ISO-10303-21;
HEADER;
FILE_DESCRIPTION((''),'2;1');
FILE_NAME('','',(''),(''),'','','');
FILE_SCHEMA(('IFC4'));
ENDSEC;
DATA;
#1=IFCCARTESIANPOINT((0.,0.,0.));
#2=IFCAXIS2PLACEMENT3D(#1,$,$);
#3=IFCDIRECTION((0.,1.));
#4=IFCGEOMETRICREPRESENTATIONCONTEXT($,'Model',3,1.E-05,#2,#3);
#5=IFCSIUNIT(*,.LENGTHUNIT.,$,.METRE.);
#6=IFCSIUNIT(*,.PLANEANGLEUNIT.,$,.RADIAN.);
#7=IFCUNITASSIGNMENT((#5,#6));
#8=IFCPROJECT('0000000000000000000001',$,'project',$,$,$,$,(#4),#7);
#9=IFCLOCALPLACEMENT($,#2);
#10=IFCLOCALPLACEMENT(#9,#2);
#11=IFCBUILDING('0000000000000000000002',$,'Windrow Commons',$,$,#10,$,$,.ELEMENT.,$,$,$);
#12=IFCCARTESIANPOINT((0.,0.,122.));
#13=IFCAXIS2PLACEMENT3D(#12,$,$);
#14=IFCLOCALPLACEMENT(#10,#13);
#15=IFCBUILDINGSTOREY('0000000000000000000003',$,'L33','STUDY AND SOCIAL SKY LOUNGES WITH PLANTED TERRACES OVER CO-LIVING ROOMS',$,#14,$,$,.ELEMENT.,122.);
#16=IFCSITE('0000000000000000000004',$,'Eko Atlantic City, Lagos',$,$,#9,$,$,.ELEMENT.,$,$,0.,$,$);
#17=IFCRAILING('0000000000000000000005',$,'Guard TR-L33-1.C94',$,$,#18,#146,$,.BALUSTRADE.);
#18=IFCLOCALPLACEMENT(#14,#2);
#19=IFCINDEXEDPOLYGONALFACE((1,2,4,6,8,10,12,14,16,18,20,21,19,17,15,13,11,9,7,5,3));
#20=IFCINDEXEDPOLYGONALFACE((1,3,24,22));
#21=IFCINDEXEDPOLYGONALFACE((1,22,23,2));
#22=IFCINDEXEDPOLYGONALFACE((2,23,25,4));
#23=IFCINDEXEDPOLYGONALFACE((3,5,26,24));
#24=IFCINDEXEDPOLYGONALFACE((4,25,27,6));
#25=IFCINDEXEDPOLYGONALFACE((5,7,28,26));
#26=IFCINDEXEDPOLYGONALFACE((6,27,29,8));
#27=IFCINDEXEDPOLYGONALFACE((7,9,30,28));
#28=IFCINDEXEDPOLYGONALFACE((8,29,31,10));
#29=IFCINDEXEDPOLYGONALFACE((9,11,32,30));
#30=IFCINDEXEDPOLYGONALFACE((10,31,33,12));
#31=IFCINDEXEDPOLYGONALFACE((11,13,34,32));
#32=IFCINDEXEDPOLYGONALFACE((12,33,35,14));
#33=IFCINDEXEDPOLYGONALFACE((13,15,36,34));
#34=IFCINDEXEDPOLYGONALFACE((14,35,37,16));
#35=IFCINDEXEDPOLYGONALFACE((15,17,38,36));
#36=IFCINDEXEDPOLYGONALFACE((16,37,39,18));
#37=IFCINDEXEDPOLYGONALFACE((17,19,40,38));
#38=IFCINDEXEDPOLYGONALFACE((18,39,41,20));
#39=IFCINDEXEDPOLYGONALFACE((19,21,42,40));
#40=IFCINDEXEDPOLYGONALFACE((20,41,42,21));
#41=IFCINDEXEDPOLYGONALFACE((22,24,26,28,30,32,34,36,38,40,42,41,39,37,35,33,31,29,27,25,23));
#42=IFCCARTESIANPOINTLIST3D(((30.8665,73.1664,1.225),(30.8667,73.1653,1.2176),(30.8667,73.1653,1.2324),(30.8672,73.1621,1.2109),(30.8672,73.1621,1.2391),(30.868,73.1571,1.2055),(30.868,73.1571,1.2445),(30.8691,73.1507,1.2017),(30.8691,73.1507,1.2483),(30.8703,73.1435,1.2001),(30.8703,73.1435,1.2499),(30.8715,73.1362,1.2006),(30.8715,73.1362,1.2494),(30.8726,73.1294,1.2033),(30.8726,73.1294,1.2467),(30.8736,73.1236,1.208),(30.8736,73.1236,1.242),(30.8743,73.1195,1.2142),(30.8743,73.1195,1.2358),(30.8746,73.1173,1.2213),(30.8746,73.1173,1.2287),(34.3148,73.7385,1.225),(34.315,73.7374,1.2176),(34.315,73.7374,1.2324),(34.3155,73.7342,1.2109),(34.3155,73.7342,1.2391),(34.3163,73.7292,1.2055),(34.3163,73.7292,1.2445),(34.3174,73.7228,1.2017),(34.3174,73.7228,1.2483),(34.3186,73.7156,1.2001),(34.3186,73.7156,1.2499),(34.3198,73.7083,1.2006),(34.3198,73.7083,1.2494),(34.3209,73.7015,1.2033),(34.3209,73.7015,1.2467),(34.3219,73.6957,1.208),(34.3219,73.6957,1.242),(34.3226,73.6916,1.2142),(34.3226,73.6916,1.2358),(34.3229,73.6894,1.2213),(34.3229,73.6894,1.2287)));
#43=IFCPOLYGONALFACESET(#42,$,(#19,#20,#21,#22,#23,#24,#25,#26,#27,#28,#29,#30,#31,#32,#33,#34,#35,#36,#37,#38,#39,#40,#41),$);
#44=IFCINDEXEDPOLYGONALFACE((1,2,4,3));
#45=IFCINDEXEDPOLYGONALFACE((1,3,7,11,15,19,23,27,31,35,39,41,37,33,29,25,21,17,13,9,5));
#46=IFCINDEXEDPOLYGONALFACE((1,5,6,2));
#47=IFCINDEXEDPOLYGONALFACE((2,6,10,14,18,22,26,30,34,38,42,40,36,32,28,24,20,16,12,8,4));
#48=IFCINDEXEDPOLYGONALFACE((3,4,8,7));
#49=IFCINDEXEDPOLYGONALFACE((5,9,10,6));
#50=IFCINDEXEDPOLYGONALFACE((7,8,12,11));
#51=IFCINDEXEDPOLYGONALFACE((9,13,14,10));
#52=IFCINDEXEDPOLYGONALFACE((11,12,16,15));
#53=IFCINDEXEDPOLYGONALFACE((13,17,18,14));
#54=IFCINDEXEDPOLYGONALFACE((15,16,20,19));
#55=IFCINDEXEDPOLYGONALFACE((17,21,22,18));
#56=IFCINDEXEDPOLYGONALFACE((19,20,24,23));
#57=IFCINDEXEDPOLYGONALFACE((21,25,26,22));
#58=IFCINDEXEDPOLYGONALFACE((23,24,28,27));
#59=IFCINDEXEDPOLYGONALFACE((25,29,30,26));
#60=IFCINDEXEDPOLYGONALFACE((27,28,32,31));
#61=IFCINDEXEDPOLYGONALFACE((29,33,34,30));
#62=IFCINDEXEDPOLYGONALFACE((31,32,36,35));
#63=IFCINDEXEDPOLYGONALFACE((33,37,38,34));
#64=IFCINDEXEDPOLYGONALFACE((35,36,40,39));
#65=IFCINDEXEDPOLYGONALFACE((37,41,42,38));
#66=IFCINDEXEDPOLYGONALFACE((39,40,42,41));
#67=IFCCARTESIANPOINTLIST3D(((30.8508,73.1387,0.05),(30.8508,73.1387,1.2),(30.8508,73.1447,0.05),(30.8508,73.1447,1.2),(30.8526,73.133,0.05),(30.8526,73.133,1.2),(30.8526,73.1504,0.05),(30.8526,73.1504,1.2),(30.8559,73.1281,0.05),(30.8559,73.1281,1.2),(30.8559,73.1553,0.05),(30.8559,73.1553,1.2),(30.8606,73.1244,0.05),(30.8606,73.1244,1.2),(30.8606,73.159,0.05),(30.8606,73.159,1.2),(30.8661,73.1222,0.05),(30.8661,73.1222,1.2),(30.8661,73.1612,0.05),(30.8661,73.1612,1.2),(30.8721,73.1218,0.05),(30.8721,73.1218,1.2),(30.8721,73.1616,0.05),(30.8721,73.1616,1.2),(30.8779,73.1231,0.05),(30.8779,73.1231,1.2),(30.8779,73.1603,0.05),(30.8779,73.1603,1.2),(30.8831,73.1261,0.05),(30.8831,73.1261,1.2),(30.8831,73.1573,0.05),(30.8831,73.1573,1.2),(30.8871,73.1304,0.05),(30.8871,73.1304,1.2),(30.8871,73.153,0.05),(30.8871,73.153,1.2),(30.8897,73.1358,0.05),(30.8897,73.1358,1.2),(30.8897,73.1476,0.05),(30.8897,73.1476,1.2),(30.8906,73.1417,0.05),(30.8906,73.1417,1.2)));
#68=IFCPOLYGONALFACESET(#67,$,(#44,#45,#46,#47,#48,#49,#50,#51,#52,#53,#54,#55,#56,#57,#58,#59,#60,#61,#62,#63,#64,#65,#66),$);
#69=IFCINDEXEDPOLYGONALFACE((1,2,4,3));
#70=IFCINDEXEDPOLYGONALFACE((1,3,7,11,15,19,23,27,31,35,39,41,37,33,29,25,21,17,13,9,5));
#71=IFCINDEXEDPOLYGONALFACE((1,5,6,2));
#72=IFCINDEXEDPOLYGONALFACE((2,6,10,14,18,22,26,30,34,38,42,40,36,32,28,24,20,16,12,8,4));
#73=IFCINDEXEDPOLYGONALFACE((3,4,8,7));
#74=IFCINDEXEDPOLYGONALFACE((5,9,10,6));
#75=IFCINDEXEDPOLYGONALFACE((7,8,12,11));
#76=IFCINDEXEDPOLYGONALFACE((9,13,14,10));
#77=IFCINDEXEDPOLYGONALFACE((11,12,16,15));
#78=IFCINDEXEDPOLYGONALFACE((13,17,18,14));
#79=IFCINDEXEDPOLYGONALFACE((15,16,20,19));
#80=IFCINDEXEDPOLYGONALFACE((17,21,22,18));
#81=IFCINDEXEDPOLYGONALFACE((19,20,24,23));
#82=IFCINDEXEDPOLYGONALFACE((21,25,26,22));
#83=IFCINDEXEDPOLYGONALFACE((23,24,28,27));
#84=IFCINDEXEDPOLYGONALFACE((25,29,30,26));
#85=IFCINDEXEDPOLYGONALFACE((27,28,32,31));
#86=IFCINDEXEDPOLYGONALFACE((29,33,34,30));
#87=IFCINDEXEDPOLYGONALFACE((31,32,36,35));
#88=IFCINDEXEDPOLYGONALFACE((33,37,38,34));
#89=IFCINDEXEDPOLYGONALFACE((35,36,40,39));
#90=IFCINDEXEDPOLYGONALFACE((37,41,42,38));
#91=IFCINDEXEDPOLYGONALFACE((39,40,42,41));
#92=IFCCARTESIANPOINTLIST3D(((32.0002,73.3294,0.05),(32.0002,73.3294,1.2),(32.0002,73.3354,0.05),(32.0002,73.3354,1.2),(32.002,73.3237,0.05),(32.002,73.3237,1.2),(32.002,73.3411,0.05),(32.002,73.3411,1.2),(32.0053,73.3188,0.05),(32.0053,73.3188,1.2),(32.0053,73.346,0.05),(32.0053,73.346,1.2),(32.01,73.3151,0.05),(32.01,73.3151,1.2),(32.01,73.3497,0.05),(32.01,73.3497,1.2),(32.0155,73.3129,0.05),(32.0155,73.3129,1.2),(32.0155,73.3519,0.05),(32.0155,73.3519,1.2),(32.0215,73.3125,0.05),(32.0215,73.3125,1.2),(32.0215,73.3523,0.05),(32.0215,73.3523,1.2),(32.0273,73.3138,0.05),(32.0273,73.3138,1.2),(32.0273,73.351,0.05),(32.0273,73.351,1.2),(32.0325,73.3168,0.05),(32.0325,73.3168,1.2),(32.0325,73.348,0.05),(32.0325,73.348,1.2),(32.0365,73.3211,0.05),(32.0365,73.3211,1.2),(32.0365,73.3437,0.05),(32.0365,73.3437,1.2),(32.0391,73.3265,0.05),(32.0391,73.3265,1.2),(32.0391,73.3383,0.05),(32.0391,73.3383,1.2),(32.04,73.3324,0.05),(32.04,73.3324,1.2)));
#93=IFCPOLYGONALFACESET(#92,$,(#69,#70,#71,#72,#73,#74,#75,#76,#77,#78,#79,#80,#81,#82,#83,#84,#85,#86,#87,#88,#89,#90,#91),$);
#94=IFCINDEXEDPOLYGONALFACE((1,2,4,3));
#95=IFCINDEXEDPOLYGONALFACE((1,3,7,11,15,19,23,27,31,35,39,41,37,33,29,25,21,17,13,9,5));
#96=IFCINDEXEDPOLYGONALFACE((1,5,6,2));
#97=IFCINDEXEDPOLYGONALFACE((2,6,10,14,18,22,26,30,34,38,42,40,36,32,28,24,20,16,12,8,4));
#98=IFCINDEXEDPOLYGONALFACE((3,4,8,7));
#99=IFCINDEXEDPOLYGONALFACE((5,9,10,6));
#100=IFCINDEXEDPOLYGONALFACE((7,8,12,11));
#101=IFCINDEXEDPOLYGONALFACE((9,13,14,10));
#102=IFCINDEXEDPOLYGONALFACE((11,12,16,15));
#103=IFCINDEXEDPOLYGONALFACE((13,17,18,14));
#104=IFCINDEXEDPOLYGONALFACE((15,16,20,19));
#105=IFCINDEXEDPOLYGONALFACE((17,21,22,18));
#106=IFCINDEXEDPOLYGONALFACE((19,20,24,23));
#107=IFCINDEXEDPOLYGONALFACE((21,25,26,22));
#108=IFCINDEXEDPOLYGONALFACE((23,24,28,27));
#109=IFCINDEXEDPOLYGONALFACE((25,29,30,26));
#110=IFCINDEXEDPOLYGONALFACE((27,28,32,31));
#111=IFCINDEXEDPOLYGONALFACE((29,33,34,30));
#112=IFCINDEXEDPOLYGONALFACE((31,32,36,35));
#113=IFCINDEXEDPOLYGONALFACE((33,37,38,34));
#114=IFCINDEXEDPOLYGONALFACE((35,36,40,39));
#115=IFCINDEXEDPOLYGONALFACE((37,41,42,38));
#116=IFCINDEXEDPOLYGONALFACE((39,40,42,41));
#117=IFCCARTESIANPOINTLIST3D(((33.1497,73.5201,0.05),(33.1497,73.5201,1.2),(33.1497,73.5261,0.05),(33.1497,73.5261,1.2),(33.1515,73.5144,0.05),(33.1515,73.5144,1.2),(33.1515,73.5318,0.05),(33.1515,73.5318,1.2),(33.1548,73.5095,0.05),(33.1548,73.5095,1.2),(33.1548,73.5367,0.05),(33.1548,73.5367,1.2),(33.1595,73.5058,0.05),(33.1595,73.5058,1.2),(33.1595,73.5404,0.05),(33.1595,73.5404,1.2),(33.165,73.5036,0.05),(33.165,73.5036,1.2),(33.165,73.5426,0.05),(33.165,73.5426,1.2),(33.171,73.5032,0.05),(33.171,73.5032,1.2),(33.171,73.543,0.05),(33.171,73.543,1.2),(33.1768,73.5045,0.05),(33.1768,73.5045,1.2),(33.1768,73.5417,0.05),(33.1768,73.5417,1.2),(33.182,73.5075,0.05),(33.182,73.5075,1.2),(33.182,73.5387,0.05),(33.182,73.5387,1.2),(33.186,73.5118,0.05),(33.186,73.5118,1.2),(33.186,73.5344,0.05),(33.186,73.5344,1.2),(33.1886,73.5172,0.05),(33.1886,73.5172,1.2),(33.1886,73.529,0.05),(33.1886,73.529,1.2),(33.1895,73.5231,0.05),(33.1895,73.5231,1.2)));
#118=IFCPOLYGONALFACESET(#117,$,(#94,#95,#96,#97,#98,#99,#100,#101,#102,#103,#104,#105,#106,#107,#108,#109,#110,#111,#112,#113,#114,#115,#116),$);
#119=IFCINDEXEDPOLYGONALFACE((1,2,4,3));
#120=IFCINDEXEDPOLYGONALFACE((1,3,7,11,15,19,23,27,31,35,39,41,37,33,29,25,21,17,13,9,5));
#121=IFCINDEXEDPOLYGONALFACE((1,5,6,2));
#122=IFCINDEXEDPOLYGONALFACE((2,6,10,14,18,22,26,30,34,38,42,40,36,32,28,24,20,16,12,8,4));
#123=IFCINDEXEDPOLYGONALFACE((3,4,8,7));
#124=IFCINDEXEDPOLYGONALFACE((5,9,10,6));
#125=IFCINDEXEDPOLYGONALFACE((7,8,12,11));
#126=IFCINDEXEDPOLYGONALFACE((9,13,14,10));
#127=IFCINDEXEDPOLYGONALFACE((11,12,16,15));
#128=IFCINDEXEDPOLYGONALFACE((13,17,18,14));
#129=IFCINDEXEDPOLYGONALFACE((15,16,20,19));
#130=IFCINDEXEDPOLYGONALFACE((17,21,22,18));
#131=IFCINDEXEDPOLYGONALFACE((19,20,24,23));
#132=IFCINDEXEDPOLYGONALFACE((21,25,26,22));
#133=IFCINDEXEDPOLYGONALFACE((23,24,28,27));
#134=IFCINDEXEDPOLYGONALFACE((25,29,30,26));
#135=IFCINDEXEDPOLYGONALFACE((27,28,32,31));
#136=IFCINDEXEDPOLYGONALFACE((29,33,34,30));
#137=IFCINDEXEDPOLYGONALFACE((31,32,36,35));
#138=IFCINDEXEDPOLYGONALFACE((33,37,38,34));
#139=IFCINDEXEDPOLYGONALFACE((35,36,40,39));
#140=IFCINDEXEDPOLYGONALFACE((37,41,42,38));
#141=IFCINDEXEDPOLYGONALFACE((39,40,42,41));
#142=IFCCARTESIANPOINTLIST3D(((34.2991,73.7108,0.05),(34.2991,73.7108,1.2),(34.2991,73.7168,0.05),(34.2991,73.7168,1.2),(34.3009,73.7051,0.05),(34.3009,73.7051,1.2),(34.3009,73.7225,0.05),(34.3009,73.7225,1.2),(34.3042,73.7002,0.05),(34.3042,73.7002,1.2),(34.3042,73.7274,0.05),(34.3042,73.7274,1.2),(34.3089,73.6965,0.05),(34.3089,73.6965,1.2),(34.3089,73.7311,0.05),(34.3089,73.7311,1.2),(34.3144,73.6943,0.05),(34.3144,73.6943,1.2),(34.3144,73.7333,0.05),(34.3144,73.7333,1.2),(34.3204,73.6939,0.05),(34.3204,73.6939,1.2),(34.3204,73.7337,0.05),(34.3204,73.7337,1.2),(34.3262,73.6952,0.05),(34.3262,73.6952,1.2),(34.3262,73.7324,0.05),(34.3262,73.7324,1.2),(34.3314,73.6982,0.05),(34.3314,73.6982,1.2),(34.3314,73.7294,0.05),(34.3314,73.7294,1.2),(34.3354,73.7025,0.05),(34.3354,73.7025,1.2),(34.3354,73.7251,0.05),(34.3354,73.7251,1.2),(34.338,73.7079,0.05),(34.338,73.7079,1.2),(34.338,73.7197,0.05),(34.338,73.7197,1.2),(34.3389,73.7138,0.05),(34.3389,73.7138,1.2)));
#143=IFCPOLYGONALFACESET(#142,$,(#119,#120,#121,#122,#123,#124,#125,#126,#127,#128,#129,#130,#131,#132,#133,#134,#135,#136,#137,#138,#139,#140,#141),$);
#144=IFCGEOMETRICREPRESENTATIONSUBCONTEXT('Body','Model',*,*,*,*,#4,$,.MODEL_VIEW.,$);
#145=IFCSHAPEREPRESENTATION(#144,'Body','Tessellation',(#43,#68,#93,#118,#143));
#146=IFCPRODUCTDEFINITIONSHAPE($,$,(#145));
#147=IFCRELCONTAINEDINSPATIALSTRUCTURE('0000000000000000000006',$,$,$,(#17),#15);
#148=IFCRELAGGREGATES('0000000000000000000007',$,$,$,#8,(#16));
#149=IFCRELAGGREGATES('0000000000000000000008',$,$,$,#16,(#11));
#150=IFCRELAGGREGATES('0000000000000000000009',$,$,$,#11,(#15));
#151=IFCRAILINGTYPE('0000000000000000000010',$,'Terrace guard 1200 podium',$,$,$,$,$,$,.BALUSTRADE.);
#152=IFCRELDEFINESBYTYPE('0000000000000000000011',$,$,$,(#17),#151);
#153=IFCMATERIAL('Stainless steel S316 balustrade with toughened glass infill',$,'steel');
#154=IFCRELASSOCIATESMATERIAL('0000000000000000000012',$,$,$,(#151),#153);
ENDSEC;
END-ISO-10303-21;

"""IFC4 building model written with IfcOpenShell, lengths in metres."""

from ifc_helpers import new_model, si_unit, direction, frame, origin, origin_2d, place, context, subcontext, project, spatial, circle, extrude, material, type_object, element, save


model = new_model("IFC4")

# Units and contexts
model_context = context("Model", 3, precision=1e-05, world=origin(), true_north=direction((0.0, 1.0)))
body_context = subcontext(model_context, "Body", "Model", "MODEL_VIEW")
ifc_project = project(units=[si_unit("LENGTHUNIT", "METRE"), si_unit("PLANEANGLEUNIT", "RADIAN")], contexts=[model_context])

# Site, building, storey
site_placement = place(None, origin())
site = spatial("IfcSite", under=ifc_project, at=site_placement, Name="Eko Atlantic City, Lagos", CompositionType="ELEMENT", RefElevation=0.0)
building_placement = place(site_placement, origin())
building = spatial("IfcBuilding", under=site, at=building_placement, Name="Windrow Commons", CompositionType="ELEMENT")
storey_placement = place(building_placement, frame((0.0, 0.0, 122.0)))
storey = spatial("IfcBuildingStorey", under=building, at=storey_placement, Name="L33", Description="STUDY AND SOCIAL SKY LOUNGES WITH PLANTED TERRACES OVER CO-LIVING ROOMS", CompositionType="ELEMENT", Elevation=122.0)

# Railing
ifc_material_1 = material(Name="Stainless steel S316 balustrade with toughened glass infill", Category="steel")
railing_type = type_object("IfcRailingType", Name="Terrace guard 1200 podium", PredefinedType="BALUSTRADE", material=ifc_material_1)
railing_1_placement = place(storey_placement, frame((30.8706, 73.1417, 0.05)))
element("IfcRailing", 1, at=railing_1_placement, inside=storey, type_object=railing_type, Name="Guard TR-L33-1.C94", PredefinedType="BALUSTRADE", context=body_context, shape_type="SweptSolid", body=[
    extrude(circle(Radius=0.025, at=origin_2d()), frame((0.0, 0.0, 1.175), z_axis=(0.986515, 0.163671, 0.0), x_axis=(-0.163671, 0.986515, 0.0)), (0.0, 0.0, 1.0), 3.4954),
    extrude(circle(Radius=0.02, at=origin_2d()), origin(), (0.0, 0.0, 1.0), 1.15),
    extrude(circle(Radius=0.02, at=origin_2d()), frame((1.1494, 0.1907, 0.0)), (0.0, 0.0, 1.0), 1.15),
    extrude(circle(Radius=0.02, at=origin_2d()), frame((2.2989, 0.3814, 0.0)), (0.0, 0.0, 1.0), 1.15),
    extrude(circle(Radius=0.02, at=origin_2d()), frame((3.4483, 0.5721, 0.0)), (0.0, 0.0, 1.0), 1.15),
])

save(model, "model.ifc")
